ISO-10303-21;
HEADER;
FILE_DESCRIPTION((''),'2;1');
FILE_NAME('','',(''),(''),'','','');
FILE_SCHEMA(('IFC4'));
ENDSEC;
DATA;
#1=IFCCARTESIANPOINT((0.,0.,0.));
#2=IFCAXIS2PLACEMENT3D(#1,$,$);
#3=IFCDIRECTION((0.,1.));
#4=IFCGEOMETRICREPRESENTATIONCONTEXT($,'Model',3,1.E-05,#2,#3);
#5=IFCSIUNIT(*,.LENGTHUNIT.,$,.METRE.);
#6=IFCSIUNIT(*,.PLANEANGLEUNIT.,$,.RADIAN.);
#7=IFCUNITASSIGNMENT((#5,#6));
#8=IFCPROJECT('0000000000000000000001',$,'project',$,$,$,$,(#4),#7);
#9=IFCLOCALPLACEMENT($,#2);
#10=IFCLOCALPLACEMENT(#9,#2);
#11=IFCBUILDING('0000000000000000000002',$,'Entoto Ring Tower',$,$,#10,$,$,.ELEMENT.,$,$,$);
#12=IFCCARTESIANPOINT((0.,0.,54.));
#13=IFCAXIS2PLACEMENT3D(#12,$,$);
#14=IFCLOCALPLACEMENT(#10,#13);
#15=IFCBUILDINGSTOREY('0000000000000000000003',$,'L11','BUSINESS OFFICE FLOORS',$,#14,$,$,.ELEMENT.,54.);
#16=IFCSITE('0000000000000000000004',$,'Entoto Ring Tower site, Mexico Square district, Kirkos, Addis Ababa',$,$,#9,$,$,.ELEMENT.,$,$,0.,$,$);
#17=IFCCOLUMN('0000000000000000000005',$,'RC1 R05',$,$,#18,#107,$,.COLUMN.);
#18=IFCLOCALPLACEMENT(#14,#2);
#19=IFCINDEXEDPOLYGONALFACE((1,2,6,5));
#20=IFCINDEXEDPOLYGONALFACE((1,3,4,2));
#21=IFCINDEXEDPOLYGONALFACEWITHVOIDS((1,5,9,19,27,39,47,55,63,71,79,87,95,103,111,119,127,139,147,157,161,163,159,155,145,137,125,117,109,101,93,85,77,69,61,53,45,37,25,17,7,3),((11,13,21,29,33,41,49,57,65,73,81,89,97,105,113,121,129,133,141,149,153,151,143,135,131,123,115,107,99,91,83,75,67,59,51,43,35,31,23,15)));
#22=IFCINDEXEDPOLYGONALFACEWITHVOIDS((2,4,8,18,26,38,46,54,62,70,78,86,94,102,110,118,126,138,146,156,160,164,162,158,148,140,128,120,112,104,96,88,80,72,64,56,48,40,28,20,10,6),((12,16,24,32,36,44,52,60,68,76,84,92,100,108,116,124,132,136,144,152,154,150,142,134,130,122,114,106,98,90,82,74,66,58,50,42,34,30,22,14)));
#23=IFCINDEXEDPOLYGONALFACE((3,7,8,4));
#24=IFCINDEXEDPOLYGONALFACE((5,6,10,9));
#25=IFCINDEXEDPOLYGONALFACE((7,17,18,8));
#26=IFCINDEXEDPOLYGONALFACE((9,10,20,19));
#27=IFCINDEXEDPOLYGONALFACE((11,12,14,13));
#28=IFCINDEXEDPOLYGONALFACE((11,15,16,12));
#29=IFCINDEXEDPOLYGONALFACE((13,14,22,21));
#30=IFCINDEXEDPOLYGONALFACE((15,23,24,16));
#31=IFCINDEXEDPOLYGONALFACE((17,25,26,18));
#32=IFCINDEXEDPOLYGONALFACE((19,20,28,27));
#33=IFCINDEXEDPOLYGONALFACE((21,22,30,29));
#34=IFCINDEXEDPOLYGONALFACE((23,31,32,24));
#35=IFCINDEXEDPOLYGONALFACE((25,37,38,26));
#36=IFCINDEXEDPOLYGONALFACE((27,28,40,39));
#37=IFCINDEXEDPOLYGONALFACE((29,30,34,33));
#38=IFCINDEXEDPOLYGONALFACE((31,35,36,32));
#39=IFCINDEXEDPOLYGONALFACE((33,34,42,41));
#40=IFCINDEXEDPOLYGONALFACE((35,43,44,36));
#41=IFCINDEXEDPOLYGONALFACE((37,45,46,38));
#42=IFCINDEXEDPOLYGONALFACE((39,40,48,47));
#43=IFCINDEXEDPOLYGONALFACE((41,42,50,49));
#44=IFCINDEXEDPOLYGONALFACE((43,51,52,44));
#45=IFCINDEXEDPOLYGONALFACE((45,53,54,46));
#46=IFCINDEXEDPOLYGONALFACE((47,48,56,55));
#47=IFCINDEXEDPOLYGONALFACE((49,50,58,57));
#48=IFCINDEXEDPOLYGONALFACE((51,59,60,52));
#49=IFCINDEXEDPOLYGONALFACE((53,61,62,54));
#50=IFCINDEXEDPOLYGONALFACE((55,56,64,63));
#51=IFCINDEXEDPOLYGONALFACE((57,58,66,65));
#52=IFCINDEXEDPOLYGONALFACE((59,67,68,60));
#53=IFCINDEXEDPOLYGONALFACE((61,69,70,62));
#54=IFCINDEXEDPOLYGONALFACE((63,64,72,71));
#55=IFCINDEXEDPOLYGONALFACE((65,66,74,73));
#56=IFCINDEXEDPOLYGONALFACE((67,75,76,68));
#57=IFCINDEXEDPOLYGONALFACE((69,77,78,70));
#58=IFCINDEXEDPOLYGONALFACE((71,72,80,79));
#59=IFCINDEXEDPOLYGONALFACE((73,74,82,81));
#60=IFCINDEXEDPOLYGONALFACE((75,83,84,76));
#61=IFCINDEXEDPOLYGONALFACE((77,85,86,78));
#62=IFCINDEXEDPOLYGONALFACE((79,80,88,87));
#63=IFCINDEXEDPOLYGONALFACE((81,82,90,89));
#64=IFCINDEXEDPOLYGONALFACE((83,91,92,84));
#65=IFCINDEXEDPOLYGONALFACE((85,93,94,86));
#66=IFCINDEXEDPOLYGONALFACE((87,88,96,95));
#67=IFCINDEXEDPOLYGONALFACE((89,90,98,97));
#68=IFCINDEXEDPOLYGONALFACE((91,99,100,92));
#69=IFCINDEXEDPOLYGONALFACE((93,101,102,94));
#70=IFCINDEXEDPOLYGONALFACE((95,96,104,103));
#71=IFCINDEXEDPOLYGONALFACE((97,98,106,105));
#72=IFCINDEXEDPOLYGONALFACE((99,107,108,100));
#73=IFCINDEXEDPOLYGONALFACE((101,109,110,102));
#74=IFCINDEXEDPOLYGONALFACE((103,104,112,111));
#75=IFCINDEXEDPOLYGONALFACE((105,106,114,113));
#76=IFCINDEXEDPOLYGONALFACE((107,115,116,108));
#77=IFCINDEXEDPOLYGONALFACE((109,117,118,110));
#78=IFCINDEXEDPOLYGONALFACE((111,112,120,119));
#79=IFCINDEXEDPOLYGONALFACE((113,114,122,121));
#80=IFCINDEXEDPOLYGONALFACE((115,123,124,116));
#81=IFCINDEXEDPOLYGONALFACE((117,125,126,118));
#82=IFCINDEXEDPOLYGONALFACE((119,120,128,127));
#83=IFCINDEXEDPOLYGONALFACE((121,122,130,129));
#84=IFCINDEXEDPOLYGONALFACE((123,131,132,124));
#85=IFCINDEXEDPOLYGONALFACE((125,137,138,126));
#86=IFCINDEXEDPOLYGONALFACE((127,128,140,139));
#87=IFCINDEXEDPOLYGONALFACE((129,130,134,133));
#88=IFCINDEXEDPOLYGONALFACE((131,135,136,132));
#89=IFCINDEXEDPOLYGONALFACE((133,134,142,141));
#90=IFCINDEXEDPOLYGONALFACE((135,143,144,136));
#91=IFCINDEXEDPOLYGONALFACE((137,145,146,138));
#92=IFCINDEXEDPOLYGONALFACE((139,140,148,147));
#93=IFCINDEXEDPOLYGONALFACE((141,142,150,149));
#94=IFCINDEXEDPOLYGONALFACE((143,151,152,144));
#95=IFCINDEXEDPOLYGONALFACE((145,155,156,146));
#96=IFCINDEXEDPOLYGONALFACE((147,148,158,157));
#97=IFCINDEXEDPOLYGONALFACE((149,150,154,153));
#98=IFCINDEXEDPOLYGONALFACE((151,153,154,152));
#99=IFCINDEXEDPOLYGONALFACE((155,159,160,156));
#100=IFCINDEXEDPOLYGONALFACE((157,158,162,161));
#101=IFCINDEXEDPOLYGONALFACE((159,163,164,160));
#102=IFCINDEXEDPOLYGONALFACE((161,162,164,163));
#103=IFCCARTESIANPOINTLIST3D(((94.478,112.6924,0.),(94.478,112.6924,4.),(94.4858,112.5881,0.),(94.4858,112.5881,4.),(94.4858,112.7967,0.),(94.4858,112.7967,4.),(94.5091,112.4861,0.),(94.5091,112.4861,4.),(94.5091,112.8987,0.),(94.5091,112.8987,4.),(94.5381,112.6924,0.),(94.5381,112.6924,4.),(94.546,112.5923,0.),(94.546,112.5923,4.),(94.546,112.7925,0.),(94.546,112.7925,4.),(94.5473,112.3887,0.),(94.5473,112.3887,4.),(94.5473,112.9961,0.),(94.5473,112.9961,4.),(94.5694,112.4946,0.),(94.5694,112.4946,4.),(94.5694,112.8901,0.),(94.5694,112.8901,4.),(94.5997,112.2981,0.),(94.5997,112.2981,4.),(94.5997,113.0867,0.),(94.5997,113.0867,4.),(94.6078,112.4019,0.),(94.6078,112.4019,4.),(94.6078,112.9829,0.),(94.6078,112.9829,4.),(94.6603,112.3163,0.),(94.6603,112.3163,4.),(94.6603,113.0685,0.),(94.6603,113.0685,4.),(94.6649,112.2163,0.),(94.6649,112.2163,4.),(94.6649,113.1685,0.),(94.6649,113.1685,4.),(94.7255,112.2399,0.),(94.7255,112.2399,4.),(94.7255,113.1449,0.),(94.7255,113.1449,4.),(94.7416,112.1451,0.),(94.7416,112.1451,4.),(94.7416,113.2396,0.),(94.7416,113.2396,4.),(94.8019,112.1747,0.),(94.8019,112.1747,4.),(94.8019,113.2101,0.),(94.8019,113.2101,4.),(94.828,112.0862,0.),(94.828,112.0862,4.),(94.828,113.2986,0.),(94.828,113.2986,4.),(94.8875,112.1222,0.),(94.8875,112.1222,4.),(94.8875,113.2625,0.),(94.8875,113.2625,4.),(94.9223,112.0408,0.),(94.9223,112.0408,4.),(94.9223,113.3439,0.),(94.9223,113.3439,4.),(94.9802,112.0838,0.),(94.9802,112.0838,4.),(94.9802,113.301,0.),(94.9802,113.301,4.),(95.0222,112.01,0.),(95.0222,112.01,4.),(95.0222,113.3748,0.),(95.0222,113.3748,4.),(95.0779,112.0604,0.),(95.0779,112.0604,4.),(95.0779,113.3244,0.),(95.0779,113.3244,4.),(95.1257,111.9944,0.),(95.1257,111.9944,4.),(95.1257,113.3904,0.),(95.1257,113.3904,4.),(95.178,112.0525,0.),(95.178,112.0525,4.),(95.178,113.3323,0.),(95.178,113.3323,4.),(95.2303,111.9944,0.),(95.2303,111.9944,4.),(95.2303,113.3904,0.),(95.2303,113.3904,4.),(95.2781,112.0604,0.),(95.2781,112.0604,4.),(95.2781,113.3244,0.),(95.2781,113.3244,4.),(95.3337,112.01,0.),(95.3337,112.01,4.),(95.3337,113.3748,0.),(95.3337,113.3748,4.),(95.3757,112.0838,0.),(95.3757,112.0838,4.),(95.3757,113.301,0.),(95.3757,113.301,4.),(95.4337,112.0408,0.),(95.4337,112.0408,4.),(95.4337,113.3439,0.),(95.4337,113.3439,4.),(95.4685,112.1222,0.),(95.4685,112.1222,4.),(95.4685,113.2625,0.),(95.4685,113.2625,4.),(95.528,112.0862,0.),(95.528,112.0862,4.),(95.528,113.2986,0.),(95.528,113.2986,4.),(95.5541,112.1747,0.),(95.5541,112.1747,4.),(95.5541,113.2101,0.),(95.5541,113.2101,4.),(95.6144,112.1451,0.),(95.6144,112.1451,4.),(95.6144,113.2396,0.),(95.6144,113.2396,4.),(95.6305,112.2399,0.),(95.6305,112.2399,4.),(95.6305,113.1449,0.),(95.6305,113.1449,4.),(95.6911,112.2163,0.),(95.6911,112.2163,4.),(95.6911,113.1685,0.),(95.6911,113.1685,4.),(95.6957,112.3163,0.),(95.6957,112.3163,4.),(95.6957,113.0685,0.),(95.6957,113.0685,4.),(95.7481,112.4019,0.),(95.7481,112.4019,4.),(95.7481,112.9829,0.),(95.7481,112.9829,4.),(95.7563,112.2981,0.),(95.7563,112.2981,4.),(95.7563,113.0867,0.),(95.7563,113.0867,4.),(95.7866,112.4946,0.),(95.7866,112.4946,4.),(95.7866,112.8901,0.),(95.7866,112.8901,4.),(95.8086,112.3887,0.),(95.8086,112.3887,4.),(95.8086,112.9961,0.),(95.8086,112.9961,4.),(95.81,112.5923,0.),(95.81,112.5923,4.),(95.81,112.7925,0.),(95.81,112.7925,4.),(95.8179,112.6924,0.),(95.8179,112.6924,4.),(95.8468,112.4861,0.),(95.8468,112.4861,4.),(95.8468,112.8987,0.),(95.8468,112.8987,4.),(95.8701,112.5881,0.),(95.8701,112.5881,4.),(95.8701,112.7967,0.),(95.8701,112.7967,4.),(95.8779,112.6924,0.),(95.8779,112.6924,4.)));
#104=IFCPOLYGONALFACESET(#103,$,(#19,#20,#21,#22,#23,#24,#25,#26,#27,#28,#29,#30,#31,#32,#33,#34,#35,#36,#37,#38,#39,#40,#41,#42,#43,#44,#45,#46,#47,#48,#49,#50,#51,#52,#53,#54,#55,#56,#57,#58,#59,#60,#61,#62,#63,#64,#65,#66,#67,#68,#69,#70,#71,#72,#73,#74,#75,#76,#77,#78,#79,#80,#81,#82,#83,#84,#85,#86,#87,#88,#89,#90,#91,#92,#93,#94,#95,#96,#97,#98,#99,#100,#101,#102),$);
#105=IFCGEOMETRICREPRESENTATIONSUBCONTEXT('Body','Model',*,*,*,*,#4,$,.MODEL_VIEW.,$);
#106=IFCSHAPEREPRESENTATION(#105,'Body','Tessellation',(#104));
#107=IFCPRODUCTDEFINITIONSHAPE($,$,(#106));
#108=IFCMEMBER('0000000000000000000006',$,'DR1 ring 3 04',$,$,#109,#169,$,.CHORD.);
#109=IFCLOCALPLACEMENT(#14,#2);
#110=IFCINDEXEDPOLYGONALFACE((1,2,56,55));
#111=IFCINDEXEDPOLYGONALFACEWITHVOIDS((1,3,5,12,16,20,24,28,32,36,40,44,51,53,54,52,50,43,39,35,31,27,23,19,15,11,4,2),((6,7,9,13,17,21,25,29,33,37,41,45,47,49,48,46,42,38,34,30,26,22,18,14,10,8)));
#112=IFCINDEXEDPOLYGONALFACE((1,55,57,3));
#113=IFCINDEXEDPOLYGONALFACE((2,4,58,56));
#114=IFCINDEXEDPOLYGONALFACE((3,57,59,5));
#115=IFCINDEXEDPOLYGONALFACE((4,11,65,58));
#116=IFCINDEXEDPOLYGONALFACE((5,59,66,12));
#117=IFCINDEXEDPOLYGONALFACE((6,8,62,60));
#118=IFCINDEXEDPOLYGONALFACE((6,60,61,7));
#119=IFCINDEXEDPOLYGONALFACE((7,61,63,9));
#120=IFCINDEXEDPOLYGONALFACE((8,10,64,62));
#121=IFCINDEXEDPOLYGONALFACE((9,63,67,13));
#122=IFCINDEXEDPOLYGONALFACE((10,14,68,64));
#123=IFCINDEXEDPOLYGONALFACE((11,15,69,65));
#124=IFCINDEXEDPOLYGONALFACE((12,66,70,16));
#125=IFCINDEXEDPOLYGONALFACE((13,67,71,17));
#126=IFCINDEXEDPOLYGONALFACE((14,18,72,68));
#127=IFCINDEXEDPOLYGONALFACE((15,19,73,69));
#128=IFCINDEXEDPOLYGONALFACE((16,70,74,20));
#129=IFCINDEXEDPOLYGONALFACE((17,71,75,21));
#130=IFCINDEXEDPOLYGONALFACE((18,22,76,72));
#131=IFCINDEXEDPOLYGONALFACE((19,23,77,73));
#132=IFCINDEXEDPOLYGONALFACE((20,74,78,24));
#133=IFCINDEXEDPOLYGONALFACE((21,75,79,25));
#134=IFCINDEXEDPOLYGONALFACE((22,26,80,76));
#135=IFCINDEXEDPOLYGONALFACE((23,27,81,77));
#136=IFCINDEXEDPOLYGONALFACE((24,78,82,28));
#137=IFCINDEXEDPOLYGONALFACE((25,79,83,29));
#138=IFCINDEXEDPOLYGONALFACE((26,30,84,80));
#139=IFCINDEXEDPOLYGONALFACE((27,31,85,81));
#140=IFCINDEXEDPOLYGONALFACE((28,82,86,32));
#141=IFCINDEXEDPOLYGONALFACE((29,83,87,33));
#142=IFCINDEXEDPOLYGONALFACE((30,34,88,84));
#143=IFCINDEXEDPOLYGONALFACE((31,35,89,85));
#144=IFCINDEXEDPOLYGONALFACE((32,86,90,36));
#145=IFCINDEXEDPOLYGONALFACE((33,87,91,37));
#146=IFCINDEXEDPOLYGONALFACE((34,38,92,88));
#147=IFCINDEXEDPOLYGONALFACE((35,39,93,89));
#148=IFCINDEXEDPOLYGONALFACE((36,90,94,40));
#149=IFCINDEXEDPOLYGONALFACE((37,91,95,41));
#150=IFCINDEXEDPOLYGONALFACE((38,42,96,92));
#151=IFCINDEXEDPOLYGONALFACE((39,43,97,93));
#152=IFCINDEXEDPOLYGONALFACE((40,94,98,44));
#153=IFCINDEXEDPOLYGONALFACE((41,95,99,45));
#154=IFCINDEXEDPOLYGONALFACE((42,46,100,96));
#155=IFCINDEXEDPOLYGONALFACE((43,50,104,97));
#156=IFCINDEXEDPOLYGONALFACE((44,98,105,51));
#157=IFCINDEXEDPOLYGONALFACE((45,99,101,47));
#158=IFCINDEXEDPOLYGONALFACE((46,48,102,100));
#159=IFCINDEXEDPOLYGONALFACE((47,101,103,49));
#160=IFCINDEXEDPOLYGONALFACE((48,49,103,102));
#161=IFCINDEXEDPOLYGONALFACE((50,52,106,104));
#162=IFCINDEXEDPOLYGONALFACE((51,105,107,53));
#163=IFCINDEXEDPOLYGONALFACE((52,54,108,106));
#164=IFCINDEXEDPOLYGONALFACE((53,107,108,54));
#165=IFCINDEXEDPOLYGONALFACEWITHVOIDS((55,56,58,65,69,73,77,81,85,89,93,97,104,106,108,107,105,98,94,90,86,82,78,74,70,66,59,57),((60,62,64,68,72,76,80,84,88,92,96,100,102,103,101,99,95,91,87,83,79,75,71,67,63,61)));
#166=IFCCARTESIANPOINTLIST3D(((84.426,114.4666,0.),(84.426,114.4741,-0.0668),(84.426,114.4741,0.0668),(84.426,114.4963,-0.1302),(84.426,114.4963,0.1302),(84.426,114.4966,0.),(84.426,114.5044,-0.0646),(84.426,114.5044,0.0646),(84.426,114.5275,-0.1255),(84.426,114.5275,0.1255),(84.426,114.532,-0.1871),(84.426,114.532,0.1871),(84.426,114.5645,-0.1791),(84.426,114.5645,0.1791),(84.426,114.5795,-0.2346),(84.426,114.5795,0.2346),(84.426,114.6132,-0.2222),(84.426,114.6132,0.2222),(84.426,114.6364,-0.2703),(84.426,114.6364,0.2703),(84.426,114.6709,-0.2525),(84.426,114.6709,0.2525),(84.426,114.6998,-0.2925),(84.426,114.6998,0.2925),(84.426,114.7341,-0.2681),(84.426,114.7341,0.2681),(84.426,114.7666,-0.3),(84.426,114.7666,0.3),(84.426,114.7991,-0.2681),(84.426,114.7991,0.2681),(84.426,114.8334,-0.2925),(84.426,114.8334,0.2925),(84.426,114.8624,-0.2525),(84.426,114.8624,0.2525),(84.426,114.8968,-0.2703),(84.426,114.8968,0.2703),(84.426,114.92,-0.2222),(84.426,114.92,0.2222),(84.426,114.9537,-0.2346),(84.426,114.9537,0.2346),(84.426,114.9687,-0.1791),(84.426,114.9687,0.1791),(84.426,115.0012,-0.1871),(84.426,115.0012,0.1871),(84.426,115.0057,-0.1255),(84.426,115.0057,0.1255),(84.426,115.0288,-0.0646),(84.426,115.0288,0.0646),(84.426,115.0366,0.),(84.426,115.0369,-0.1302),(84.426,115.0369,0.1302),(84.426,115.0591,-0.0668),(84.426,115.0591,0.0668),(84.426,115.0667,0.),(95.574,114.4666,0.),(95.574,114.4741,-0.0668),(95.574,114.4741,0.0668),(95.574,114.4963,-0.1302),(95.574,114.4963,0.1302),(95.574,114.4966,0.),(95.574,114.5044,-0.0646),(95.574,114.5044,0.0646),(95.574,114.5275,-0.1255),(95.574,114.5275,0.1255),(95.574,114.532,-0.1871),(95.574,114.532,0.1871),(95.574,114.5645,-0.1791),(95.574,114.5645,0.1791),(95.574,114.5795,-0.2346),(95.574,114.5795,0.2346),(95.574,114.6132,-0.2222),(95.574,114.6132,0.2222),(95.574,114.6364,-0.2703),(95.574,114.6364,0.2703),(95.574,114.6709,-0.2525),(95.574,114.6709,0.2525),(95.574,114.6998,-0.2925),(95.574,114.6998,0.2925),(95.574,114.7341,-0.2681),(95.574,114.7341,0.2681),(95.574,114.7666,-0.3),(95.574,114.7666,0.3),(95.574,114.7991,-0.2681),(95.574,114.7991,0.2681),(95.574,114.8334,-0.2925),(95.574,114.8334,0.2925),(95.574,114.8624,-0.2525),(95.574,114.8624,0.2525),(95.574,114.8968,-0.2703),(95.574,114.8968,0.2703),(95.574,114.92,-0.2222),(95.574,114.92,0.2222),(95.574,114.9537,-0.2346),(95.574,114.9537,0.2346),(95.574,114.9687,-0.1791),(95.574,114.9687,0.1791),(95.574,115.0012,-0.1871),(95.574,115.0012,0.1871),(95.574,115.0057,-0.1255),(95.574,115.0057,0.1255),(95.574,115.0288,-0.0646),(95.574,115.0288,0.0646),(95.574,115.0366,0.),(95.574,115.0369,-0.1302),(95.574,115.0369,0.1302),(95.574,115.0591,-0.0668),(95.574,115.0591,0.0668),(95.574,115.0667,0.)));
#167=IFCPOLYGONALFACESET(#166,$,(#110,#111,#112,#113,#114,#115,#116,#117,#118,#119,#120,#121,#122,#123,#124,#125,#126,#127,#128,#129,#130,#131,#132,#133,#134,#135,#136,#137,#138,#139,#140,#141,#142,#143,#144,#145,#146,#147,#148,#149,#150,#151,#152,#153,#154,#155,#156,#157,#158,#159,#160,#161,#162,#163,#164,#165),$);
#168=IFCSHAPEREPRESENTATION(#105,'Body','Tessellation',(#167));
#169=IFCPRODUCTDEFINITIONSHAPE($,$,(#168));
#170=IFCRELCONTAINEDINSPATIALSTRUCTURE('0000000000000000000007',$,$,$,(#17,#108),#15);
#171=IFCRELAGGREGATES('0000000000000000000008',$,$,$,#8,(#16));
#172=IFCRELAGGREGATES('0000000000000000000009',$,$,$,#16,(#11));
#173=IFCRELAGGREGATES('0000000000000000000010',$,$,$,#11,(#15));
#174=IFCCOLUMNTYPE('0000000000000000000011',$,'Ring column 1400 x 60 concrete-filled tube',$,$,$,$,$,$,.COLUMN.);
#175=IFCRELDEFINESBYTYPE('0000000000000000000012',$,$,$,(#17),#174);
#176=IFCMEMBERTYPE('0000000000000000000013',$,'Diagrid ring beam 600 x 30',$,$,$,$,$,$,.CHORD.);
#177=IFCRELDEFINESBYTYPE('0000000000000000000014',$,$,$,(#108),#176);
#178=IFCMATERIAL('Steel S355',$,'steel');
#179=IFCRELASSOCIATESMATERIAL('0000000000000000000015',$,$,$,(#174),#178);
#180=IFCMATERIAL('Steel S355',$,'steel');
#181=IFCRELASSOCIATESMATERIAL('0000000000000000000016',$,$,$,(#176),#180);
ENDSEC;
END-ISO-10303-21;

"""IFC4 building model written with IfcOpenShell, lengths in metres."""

from ifc_helpers import new_model, si_unit, direction, frame, origin, origin_2d, place, context, subcontext, project, spatial, circle, hollow_circle, extrude, material, material_profile, profile_set, type_object, element, save


model = new_model("IFC4")

# Units and contexts
model_context = context("Model", 3, precision=1e-05, world=origin(), true_north=direction((0.0, 1.0)))
body_context = subcontext(model_context, "Body", "Model", "MODEL_VIEW")
ifc_project = project(units=[si_unit("LENGTHUNIT", "METRE"), si_unit("PLANEANGLEUNIT", "RADIAN")], contexts=[model_context])

# Site, building, storey
site_placement = place(None, origin())
site = spatial("IfcSite", under=ifc_project, at=site_placement, Name="Entoto Ring Tower site, Mexico Square district, Kirkos, Addis Ababa", CompositionType="ELEMENT", RefElevation=0.0)
building_placement = place(site_placement, origin())
building = spatial("IfcBuilding", under=site, at=building_placement, Name="Entoto Ring Tower", CompositionType="ELEMENT")
storey_placement = place(building_placement, frame((0.0, 0.0, 54.0)))
storey = spatial("IfcBuildingStorey", under=building, at=storey_placement, Name="L11", Description="BUSINESS OFFICE FLOORS", CompositionType="ELEMENT", Elevation=54.0)

# Column
ifc_material_1 = material(Name="Steel S355", Category="steel")
ifc_material_profile_1 = material_profile(ifc_material_1, hollow_circle(Radius=0.7, WallThickness=0.0601, at=origin_2d()), Name="CHS 1400 x 60")
ifc_material_2 = material(Name="Concrete C60/75", Category="concrete")
ifc_material_profile_2 = material_profile(ifc_material_2, circle(Radius=0.6399, at=origin_2d()), Name="Concrete C60/75 infill")
ifc_profile_set_1 = profile_set([ifc_material_profile_1, ifc_material_profile_2], Name="Steel S355")
column_type = type_object("IfcColumnType", Name="Ring column 1400 x 60 concrete-filled tube", PredefinedType="COLUMN", material=ifc_profile_set_1)
column_placement = place(storey_placement, frame((95.178, 112.6924, 0.0), z_axis=(0.0, 0.0, 1.0), x_axis=(1.0, 0.0, 0.0)))
element("IfcColumn", 1, at=column_placement, inside=storey, type_object=column_type, Name="RC1 R05", PredefinedType="COLUMN", context=body_context, shape_type="SweptSolid", body=[
    extrude(hollow_circle(Radius=0.7, WallThickness=0.0601, at=origin_2d()), origin(), (0.0, 0.0, 1.0), 4.0),
])

# Member
ifc_material_3 = material(Name="Steel S355", Category="steel")
ifc_material_profile_3 = material_profile(ifc_material_3, hollow_circle(Radius=0.3, WallThickness=0.03, at=origin_2d()), Name="CHS 600 x 30")
ifc_material_4 = material(Name="Concrete C60/75", Category="concrete")
ifc_material_profile_4 = material_profile(ifc_material_4, circle(Radius=0.27, at=origin_2d()), Name="Concrete C60/75 infill")
ifc_profile_set_2 = profile_set([ifc_material_profile_3, ifc_material_profile_4], Name="Steel S355")
member_type = type_object("IfcMemberType", Name="Diagrid ring beam 600 x 30", PredefinedType="CHORD", material=ifc_profile_set_2)
member_placement = place(storey_placement, frame((95.574, 114.7666, 0.0), z_axis=(-1.0, 0.0, 0.0), x_axis=(0.0, -1.0, 0.0)))
element("IfcMember", 2, at=member_placement, inside=storey, type_object=member_type, Name="DR1 ring 3 04", PredefinedType="CHORD", context=body_context, shape_type="SweptSolid", body=[
    extrude(hollow_circle(Radius=0.3, WallThickness=0.03, at=origin_2d()), origin(), (0.0, 0.0, 1.0), 11.1479),
])

save(model, "model.ifc")
